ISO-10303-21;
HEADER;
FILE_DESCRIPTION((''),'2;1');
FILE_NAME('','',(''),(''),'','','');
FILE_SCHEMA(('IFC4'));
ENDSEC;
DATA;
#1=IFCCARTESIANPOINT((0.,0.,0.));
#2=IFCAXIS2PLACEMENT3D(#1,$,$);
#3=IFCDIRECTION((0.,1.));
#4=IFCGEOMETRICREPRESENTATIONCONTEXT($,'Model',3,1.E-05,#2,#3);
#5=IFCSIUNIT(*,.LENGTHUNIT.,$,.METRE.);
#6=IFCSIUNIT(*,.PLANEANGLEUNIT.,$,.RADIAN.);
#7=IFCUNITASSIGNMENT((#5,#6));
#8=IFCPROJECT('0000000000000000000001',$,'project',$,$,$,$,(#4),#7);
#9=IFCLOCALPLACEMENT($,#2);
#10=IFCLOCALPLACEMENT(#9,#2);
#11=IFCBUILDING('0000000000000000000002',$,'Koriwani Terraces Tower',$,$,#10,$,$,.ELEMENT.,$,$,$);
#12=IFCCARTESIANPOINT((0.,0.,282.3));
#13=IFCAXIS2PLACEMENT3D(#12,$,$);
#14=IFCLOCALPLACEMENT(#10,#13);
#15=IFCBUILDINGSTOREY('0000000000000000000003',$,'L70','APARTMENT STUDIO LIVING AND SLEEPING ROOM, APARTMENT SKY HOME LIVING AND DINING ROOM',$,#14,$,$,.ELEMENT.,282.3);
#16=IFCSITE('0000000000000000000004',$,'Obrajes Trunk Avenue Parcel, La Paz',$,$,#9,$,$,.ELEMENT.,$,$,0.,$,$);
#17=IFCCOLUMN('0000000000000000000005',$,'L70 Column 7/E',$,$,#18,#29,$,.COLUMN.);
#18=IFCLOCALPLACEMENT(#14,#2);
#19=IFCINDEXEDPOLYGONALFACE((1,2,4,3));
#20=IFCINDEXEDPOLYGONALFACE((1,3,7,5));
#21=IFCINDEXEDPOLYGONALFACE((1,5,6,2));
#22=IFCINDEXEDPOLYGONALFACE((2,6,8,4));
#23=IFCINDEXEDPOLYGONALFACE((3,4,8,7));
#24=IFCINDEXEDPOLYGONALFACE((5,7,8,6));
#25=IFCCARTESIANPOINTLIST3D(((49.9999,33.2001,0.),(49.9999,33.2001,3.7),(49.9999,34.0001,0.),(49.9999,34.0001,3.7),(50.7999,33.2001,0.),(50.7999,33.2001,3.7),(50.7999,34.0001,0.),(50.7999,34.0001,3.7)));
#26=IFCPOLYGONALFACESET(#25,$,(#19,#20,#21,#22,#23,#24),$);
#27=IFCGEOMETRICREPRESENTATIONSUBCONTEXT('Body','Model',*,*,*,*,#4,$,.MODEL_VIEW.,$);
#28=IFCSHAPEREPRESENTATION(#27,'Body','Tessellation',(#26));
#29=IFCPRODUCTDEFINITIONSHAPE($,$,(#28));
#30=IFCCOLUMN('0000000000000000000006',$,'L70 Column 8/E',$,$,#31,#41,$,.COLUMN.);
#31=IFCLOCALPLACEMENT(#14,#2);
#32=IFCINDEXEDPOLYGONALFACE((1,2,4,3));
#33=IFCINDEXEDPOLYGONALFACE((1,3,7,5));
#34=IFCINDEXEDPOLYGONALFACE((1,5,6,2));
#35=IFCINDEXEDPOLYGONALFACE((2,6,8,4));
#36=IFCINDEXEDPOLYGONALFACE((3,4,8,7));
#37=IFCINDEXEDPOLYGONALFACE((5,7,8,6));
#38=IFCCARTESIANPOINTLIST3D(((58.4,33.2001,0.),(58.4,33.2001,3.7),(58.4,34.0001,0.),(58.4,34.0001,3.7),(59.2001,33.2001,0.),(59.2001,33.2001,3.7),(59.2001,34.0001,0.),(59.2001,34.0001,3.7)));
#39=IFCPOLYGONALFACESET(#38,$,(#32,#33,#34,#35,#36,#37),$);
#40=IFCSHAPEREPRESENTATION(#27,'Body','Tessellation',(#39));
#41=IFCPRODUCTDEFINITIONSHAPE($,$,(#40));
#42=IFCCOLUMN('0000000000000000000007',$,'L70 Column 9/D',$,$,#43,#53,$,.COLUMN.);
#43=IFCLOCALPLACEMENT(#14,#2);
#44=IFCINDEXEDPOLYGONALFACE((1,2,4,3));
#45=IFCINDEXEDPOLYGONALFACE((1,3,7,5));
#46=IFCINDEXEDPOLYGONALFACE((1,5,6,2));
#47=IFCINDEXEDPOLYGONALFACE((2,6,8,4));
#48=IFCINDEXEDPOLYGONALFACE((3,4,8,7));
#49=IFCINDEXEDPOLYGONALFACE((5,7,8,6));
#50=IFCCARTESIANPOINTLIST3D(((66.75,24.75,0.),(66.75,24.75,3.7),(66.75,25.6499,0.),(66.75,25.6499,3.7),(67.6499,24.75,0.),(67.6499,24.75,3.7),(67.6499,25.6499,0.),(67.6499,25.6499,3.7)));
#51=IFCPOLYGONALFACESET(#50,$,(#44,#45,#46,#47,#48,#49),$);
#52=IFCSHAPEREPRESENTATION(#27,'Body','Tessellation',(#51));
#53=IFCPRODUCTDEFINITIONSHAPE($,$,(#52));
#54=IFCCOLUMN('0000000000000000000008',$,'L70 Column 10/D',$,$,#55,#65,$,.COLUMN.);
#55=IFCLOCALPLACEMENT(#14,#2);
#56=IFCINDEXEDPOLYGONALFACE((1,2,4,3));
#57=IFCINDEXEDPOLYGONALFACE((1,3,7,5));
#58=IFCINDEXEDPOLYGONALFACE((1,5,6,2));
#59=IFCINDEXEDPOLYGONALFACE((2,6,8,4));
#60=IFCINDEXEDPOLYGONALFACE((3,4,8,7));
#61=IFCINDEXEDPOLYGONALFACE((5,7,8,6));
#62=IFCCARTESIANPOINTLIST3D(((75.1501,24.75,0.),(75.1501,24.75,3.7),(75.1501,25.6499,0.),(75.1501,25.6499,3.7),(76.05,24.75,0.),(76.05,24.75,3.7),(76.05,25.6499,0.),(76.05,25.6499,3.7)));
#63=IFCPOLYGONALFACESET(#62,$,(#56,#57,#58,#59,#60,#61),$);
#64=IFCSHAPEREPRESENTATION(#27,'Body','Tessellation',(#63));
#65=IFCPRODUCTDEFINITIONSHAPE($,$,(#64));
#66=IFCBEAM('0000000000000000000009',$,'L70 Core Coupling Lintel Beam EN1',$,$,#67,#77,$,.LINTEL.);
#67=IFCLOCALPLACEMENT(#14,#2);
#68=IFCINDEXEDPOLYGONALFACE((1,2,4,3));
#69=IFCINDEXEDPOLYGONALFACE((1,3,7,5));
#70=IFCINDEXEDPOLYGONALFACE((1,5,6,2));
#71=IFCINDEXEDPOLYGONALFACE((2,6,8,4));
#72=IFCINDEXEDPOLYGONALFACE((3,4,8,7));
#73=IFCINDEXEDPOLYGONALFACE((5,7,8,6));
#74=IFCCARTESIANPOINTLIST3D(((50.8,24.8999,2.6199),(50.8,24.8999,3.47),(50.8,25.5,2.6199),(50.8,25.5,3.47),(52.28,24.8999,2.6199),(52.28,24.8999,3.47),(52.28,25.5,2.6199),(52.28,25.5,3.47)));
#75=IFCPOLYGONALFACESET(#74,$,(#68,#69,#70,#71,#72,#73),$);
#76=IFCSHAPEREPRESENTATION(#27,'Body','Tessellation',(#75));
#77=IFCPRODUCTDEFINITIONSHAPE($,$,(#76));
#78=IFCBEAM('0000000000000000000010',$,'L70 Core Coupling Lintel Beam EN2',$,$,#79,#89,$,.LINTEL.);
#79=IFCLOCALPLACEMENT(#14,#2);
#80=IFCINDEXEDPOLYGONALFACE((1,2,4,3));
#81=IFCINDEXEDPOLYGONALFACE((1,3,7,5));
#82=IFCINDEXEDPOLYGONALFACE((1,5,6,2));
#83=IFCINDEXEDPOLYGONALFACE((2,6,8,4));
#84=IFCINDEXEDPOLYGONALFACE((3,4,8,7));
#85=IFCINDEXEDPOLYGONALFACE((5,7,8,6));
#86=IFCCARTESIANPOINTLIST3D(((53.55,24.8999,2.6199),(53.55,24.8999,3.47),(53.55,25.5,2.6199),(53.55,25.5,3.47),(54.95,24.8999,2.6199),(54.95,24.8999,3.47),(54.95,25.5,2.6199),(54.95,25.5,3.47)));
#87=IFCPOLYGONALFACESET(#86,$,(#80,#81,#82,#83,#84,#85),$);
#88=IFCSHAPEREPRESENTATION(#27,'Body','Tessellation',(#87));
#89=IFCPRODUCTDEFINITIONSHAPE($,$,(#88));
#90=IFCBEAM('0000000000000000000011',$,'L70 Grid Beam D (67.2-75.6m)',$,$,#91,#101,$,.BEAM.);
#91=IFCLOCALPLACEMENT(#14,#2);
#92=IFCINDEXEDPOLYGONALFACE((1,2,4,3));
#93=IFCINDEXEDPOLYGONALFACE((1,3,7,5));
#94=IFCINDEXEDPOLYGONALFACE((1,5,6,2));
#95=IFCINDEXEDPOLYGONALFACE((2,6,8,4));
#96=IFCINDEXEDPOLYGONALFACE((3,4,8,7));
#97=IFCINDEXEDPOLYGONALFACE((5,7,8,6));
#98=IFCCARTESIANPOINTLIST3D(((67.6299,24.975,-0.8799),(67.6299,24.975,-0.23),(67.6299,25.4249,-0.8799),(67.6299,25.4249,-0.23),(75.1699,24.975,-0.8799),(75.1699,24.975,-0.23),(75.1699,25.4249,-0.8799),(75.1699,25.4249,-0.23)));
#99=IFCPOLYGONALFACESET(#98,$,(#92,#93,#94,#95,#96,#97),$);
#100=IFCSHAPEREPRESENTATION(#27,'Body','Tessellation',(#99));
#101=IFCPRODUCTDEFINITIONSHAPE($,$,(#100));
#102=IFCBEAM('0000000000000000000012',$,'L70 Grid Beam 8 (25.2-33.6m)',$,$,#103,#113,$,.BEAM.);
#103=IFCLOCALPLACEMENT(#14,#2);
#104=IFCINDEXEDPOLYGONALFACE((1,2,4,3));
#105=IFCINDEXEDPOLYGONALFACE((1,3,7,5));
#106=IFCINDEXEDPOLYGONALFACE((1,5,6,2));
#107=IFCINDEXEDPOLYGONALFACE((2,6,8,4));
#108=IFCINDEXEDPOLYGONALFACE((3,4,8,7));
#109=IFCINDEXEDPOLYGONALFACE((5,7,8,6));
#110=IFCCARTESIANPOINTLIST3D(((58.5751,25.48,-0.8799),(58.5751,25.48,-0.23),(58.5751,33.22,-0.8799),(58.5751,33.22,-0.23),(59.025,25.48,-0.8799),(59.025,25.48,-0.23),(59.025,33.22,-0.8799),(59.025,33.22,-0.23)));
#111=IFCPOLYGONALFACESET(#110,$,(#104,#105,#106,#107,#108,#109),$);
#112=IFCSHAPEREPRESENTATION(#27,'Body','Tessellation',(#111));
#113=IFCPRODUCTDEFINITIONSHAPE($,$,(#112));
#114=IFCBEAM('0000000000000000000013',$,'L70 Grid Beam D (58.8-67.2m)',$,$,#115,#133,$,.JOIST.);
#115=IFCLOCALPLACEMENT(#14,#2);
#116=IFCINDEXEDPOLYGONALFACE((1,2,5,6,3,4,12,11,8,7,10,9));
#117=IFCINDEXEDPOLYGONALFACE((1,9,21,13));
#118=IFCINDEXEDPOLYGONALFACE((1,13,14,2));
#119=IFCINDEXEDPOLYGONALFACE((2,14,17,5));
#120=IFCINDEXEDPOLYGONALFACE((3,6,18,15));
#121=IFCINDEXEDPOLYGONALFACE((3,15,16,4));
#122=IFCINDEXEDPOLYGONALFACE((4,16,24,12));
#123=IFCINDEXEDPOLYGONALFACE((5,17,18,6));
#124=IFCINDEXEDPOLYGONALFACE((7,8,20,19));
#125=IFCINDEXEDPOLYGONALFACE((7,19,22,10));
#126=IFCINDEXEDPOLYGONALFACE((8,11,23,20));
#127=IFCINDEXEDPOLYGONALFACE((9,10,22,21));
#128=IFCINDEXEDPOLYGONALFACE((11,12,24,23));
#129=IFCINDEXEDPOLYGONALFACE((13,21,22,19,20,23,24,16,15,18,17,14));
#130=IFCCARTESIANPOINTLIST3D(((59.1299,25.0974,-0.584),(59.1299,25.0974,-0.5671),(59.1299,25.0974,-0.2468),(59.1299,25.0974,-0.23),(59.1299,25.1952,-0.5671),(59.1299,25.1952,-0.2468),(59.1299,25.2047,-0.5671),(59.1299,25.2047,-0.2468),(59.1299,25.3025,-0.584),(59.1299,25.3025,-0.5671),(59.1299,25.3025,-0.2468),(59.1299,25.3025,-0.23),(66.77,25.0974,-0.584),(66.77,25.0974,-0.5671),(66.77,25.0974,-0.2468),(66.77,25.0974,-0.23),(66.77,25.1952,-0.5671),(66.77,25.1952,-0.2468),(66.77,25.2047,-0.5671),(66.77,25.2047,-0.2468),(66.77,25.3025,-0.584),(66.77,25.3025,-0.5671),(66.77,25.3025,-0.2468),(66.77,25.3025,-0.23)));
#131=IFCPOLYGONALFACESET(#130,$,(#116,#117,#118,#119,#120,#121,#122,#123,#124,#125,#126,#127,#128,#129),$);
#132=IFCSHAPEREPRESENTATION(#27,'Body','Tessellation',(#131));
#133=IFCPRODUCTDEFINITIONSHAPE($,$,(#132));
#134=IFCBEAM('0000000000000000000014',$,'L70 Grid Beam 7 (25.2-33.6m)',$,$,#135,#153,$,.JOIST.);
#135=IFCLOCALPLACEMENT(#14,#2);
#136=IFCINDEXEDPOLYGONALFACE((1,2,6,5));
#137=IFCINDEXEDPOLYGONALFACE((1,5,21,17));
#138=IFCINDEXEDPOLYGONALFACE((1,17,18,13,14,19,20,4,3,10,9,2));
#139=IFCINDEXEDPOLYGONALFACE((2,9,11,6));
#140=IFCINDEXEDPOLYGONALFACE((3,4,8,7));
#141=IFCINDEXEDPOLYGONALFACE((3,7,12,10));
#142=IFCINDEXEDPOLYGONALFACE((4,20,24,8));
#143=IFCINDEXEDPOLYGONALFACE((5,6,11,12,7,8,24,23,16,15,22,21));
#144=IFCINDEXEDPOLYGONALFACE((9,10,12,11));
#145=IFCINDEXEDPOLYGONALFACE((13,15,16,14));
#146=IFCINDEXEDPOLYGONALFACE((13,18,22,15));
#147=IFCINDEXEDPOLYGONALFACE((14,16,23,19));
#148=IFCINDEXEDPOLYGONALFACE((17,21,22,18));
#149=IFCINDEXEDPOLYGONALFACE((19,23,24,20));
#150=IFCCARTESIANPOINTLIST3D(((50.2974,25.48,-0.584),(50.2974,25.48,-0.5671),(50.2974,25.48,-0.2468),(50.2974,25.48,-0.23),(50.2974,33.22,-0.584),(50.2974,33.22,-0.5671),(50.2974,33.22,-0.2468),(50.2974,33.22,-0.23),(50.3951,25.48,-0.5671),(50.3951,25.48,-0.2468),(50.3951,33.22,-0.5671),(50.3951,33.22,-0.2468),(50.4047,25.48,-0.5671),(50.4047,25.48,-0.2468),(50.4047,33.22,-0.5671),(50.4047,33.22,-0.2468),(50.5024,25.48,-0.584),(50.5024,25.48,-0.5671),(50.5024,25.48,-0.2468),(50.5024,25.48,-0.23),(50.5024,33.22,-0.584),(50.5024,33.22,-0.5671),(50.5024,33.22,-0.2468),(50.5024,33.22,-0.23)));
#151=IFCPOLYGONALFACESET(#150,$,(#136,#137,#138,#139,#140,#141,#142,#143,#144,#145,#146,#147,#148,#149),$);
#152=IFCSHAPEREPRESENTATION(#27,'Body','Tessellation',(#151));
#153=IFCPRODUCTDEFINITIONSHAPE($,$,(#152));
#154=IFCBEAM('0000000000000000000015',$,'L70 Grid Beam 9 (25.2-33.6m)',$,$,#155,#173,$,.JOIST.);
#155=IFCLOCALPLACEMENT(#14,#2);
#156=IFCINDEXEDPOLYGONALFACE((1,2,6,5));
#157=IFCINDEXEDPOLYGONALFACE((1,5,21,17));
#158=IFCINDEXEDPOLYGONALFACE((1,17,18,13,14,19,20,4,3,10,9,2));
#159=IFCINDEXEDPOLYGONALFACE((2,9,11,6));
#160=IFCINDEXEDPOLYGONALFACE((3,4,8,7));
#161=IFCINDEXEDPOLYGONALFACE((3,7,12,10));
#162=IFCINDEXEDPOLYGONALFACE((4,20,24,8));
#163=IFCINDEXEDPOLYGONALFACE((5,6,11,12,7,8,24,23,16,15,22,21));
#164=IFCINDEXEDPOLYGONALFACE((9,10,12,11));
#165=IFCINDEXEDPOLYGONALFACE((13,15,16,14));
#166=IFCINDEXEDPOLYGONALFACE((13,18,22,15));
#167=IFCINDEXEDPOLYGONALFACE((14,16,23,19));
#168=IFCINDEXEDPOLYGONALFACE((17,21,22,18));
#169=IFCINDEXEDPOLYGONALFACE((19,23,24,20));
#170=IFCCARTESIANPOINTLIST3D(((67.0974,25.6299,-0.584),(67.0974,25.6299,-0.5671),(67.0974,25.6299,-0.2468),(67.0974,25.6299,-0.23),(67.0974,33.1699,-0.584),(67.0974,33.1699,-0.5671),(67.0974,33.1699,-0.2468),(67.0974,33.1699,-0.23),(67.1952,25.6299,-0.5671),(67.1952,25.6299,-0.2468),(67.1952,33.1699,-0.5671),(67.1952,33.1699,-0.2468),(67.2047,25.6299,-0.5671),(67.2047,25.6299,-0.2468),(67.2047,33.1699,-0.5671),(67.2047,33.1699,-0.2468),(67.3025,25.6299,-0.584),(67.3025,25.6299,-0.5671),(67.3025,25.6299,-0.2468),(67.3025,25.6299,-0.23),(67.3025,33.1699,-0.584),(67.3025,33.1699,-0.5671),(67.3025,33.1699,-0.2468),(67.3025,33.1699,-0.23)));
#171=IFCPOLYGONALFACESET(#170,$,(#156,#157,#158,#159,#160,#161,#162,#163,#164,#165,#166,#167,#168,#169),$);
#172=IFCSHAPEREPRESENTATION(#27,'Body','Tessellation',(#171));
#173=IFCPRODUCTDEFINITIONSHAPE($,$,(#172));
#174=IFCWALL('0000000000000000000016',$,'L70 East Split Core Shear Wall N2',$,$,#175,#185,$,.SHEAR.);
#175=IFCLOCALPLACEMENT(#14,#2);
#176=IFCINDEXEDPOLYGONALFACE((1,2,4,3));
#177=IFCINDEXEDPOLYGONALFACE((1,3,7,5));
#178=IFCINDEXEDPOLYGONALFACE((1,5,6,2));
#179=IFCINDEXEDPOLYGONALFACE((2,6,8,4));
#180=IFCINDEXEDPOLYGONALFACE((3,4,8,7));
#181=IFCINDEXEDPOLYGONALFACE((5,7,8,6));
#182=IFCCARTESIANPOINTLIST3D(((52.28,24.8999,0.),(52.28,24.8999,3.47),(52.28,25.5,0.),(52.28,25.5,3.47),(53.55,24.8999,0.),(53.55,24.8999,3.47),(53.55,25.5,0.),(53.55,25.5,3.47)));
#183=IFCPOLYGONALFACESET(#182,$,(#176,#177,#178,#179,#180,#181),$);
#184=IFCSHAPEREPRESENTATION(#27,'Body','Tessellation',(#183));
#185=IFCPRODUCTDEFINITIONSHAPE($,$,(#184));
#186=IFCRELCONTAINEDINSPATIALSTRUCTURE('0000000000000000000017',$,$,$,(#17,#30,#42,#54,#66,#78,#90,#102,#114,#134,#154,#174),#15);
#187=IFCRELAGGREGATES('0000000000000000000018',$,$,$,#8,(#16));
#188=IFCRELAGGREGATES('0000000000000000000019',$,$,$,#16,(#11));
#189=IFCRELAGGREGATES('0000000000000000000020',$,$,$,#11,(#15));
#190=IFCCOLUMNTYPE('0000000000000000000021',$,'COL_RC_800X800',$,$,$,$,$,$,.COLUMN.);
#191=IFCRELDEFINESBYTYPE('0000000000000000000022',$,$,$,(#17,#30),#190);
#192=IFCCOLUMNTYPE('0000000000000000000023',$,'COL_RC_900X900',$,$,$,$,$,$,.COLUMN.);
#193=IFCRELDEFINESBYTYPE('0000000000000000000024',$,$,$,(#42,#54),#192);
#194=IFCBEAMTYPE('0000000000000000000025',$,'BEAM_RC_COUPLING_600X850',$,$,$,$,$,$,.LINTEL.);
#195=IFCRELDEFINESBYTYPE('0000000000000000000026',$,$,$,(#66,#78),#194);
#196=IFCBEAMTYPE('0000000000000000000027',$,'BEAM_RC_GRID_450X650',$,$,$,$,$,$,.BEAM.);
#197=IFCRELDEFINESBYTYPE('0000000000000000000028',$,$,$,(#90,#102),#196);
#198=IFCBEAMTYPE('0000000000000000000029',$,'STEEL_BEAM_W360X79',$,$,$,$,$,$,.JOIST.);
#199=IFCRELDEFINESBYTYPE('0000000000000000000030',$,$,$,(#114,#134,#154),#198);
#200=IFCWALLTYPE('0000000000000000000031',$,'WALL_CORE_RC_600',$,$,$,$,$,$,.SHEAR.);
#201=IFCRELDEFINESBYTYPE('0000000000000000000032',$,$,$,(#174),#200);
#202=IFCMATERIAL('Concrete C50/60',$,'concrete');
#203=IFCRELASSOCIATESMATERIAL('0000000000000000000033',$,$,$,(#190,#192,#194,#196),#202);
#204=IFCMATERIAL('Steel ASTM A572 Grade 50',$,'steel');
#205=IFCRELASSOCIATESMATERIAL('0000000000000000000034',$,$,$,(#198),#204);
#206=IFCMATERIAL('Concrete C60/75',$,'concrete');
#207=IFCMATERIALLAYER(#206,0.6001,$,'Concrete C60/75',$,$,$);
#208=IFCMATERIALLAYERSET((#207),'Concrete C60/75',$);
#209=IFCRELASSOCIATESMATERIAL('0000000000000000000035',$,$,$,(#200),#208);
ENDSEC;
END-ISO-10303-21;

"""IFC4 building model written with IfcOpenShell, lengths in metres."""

from ifc_helpers import new_model, si_unit, direction, frame, frame_2d, origin, origin_2d, place, context, subcontext, project, spatial, rectangle, i_section, extrude, material, layer, layer_set, material_profile, profile_set, type_object, element, save


model = new_model("IFC4")

# Units and contexts
model_context = context("Model", 3, precision=1e-05, world=origin(), true_north=direction((0.0, 1.0)))
body_context = subcontext(model_context, "Body", "Model", "MODEL_VIEW")
ifc_project = project(units=[si_unit("LENGTHUNIT", "METRE"), si_unit("PLANEANGLEUNIT", "RADIAN")], contexts=[model_context])

# Site, building, storey
site_placement = place(None, origin())
site = spatial("IfcSite", under=ifc_project, at=site_placement, Name="Obrajes Trunk Avenue Parcel, La Paz", CompositionType="ELEMENT", RefElevation=0.0)
building_placement = place(site_placement, origin())
building = spatial("IfcBuilding", under=site, at=building_placement, Name="Koriwani Terraces Tower", CompositionType="ELEMENT")
storey_placement = place(building_placement, frame((0.0, 0.0, 282.3)))
storey = spatial("IfcBuildingStorey", under=building, at=storey_placement, Name="L70", Description="APARTMENT STUDIO LIVING AND SLEEPING ROOM, APARTMENT SKY HOME LIVING AND DINING ROOM", CompositionType="ELEMENT", Elevation=282.3)

# Columns
ifc_material_1 = material(Name="Concrete C50/60", Category="concrete")
ifc_material_profile_1 = material_profile(ifc_material_1, rectangle(XDim=0.8, YDim=0.8, at=origin_2d()), Name="Concrete C50/60", Category="LoadBearing")
ifc_profile_set_1 = profile_set([ifc_material_profile_1], Name="Concrete C50/60")
column_type_1 = type_object("IfcColumnType", Name="COL_RC_800X800", PredefinedType="COLUMN", material=ifc_profile_set_1)
for number, where, z_axis, x_axis, name in (
    (1, (50.3999, 33.6001, 0.0), (0.0, 0.0, 1.0), (1.0, 0.0, 0.0), "L70 Column 7/E"),
    (2, (58.8, 33.6001, 0.0), (0.0, 0.0, 1.0), (1.0, 0.0, 0.0), "L70 Column 8/E"),
):
    element("IfcColumn", number, at=place(storey_placement, frame(where, z_axis=z_axis, x_axis=x_axis)), inside=storey, type_object=column_type_1, Name=name, PredefinedType="COLUMN", context=body_context, shape_type="SweptSolid", body=[
        extrude(rectangle(XDim=0.8, YDim=0.8, at=origin_2d()), origin(), (0.0, 0.0, 1.0), 3.7),
    ])
ifc_material_profile_2 = material_profile(ifc_material_1, rectangle(XDim=0.8999, YDim=0.8999, at=origin_2d()), Name="Concrete C50/60", Category="LoadBearing")
ifc_profile_set_2 = profile_set([ifc_material_profile_2], Name="Concrete C50/60")
column_type_2 = type_object("IfcColumnType", Name="COL_RC_900X900", PredefinedType="COLUMN", material=ifc_profile_set_2)
for number, where, z_axis, x_axis, name in (
    (3, (67.2, 25.2, 0.0), (0.0, 0.0, 1.0), (1.0, 0.0, 0.0), "L70 Column 9/D"),
    (4, (75.6001, 25.2, 0.0), (0.0, 0.0, 1.0), (1.0, 0.0, 0.0), "L70 Column 10/D"),
):
    element("IfcColumn", number, at=place(storey_placement, frame(where, z_axis=z_axis, x_axis=x_axis)), inside=storey, type_object=column_type_2, Name=name, PredefinedType="COLUMN", context=body_context, shape_type="SweptSolid", body=[
        extrude(rectangle(XDim=0.8999, YDim=0.8999, at=origin_2d()), origin(), (0.0, 0.0, 1.0), 3.7),
    ])

# Beams
ifc_material_profile_3 = material_profile(ifc_material_1, rectangle(XDim=0.6001, YDim=0.8501, at=origin_2d()), Name="Concrete C50/60", Category="LoadBearing")
ifc_profile_set_3 = profile_set([ifc_material_profile_3], Name="Concrete C50/60")
beam_type_1 = type_object("IfcBeamType", Name="BEAM_RC_COUPLING_600X850", PredefinedType="LINTEL", material=ifc_profile_set_3)
beam_1_placement = place(storey_placement, frame((50.8, 25.2, 3.0449), z_axis=(1.0, 0.0, 0.0), x_axis=(0.0, 1.0, 0.0)))
element("IfcBeam", 5, at=beam_1_placement, inside=storey, type_object=beam_type_1, Name="L70 Core Coupling Lintel Beam EN1", PredefinedType="LINTEL", context=body_context, shape_type="SweptSolid", body=[
    extrude(rectangle(XDim=0.6001, YDim=0.8501, at=origin_2d()), origin(), (0.0, 0.0, 1.0), 1.48),
])
beam_2_placement = place(storey_placement, frame((53.55, 25.2, 3.0449), z_axis=(1.0, 0.0, 0.0), x_axis=(0.0, 1.0, 0.0)))
element("IfcBeam", 6, at=beam_2_placement, inside=storey, type_object=beam_type_1, Name="L70 Core Coupling Lintel Beam EN2", PredefinedType="LINTEL", context=body_context, shape_type="SweptSolid", body=[
    extrude(rectangle(XDim=0.6001, YDim=0.8501, at=origin_2d()), origin(), (0.0, 0.0, 1.0), 1.3999),
])
ifc_material_profile_4 = material_profile(ifc_material_1, rectangle(XDim=0.45, YDim=0.6499, at=origin_2d()), Name="Concrete C50/60", Category="LoadBearing")
ifc_profile_set_4 = profile_set([ifc_material_profile_4], Name="Concrete C50/60")
beam_type_2 = type_object("IfcBeamType", Name="BEAM_RC_GRID_450X650", PredefinedType="BEAM", material=ifc_profile_set_4)
beam_3_placement = place(storey_placement, frame((67.6299, 25.2, -0.5549), z_axis=(1.0, 0.0, 0.0), x_axis=(0.0, 1.0, 0.0)))
element("IfcBeam", 7, at=beam_3_placement, inside=storey, type_object=beam_type_2, Name="L70 Grid Beam D (67.2-75.6m)", PredefinedType="BEAM", context=body_context, shape_type="SweptSolid", body=[
    extrude(rectangle(XDim=0.45, YDim=0.6499, at=origin_2d()), origin(), (0.0, 0.0, 1.0), 7.54),
])
beam_4_placement = place(storey_placement, frame((58.8, 25.48, -0.5549), z_axis=(0.0, 1.0, 0.0), x_axis=(-1.0, 0.0, 0.0)))
element("IfcBeam", 8, at=beam_4_placement, inside=storey, type_object=beam_type_2, Name="L70 Grid Beam 8 (25.2-33.6m)", PredefinedType="BEAM", context=body_context, shape_type="SweptSolid", body=[
    extrude(rectangle(XDim=0.45, YDim=0.6499, at=origin_2d()), origin(), (0.0, 0.0, 1.0), 7.74),
])
ifc_material_2 = material(Name="Steel ASTM A572 Grade 50", Category="steel")
ifc_material_profile_5 = material_profile(ifc_material_2, i_section(OverallWidth=0.2051, OverallDepth=0.354, WebThickness=0.0095, FlangeThickness=0.0168, at=origin_2d()), Name="Steel ASTM A572 Grade 50", Category="LoadBearing")
ifc_profile_set_5 = profile_set([ifc_material_profile_5], Name="Steel ASTM A572 Grade 50")
beam_type_3 = type_object("IfcBeamType", Name="STEEL_BEAM_W360X79", PredefinedType="JOIST", material=ifc_profile_set_5)
beam_5_placement = place(storey_placement, frame((59.1299, 25.2, -0.407), z_axis=(1.0, 0.0, 0.0), x_axis=(0.0, 1.0, 0.0)))
element("IfcBeam", 9, at=beam_5_placement, inside=storey, type_object=beam_type_3, Name="L70 Grid Beam D (58.8-67.2m)", PredefinedType="JOIST", context=body_context, shape_type="SweptSolid", body=[
    extrude(i_section(OverallWidth=0.2051, OverallDepth=0.354, WebThickness=0.0095, FlangeThickness=0.0168, at=origin_2d()), origin(), (0.0, 0.0, 1.0), 7.6401),
])
beam_6_placement = place(storey_placement, frame((50.3999, 25.48, -0.407), z_axis=(0.0, 1.0, 0.0), x_axis=(-1.0, 0.0, 0.0)))
element("IfcBeam", 10, at=beam_6_placement, inside=storey, type_object=beam_type_3, Name="L70 Grid Beam 7 (25.2-33.6m)", PredefinedType="JOIST", context=body_context, shape_type="SweptSolid", body=[
    extrude(i_section(OverallWidth=0.2051, OverallDepth=0.354, WebThickness=0.0095, FlangeThickness=0.0168, at=origin_2d()), origin(), (0.0, 0.0, 1.0), 7.74),
])
beam_7_placement = place(storey_placement, frame((67.2, 25.6299, -0.407), z_axis=(0.0, 1.0, 0.0), x_axis=(-1.0, 0.0, 0.0)))
element("IfcBeam", 11, at=beam_7_placement, inside=storey, type_object=beam_type_3, Name="L70 Grid Beam 9 (25.2-33.6m)", PredefinedType="JOIST", context=body_context, shape_type="SweptSolid", body=[
    extrude(i_section(OverallWidth=0.2051, OverallDepth=0.354, WebThickness=0.0095, FlangeThickness=0.0168, at=origin_2d()), origin(), (0.0, 0.0, 1.0), 7.54),
])

# Wall
ifc_material_3 = material(Name="Concrete C60/75", Category="concrete")
ifc_layer_1 = layer(ifc_material_3, 0.6001, Name="Concrete C60/75")
ifc_layer_set_1 = layer_set([ifc_layer_1], Name="Concrete C60/75")
wall_type_1 = type_object("IfcWallType", Name="WALL_CORE_RC_600", PredefinedType="SHEAR", material=ifc_layer_set_1)
wall_1_placement = place(storey_placement, frame((52.28, 25.2, 0.0), z_axis=(0.0, 0.0, 1.0), x_axis=(1.0, 0.0, 0.0)))
element("IfcWall", 12, at=wall_1_placement, inside=storey, type_object=wall_type_1, Name="L70 East Split Core Shear Wall N2", PredefinedType="SHEAR", context=body_context, shape_type="SweptSolid", body=[
    extrude(rectangle(XDim=1.27, YDim=0.6001, at=frame_2d((0.635, 0.0))), origin(), (0.0, 0.0, 1.0), 3.47),
])

save(model, "model.ifc")
